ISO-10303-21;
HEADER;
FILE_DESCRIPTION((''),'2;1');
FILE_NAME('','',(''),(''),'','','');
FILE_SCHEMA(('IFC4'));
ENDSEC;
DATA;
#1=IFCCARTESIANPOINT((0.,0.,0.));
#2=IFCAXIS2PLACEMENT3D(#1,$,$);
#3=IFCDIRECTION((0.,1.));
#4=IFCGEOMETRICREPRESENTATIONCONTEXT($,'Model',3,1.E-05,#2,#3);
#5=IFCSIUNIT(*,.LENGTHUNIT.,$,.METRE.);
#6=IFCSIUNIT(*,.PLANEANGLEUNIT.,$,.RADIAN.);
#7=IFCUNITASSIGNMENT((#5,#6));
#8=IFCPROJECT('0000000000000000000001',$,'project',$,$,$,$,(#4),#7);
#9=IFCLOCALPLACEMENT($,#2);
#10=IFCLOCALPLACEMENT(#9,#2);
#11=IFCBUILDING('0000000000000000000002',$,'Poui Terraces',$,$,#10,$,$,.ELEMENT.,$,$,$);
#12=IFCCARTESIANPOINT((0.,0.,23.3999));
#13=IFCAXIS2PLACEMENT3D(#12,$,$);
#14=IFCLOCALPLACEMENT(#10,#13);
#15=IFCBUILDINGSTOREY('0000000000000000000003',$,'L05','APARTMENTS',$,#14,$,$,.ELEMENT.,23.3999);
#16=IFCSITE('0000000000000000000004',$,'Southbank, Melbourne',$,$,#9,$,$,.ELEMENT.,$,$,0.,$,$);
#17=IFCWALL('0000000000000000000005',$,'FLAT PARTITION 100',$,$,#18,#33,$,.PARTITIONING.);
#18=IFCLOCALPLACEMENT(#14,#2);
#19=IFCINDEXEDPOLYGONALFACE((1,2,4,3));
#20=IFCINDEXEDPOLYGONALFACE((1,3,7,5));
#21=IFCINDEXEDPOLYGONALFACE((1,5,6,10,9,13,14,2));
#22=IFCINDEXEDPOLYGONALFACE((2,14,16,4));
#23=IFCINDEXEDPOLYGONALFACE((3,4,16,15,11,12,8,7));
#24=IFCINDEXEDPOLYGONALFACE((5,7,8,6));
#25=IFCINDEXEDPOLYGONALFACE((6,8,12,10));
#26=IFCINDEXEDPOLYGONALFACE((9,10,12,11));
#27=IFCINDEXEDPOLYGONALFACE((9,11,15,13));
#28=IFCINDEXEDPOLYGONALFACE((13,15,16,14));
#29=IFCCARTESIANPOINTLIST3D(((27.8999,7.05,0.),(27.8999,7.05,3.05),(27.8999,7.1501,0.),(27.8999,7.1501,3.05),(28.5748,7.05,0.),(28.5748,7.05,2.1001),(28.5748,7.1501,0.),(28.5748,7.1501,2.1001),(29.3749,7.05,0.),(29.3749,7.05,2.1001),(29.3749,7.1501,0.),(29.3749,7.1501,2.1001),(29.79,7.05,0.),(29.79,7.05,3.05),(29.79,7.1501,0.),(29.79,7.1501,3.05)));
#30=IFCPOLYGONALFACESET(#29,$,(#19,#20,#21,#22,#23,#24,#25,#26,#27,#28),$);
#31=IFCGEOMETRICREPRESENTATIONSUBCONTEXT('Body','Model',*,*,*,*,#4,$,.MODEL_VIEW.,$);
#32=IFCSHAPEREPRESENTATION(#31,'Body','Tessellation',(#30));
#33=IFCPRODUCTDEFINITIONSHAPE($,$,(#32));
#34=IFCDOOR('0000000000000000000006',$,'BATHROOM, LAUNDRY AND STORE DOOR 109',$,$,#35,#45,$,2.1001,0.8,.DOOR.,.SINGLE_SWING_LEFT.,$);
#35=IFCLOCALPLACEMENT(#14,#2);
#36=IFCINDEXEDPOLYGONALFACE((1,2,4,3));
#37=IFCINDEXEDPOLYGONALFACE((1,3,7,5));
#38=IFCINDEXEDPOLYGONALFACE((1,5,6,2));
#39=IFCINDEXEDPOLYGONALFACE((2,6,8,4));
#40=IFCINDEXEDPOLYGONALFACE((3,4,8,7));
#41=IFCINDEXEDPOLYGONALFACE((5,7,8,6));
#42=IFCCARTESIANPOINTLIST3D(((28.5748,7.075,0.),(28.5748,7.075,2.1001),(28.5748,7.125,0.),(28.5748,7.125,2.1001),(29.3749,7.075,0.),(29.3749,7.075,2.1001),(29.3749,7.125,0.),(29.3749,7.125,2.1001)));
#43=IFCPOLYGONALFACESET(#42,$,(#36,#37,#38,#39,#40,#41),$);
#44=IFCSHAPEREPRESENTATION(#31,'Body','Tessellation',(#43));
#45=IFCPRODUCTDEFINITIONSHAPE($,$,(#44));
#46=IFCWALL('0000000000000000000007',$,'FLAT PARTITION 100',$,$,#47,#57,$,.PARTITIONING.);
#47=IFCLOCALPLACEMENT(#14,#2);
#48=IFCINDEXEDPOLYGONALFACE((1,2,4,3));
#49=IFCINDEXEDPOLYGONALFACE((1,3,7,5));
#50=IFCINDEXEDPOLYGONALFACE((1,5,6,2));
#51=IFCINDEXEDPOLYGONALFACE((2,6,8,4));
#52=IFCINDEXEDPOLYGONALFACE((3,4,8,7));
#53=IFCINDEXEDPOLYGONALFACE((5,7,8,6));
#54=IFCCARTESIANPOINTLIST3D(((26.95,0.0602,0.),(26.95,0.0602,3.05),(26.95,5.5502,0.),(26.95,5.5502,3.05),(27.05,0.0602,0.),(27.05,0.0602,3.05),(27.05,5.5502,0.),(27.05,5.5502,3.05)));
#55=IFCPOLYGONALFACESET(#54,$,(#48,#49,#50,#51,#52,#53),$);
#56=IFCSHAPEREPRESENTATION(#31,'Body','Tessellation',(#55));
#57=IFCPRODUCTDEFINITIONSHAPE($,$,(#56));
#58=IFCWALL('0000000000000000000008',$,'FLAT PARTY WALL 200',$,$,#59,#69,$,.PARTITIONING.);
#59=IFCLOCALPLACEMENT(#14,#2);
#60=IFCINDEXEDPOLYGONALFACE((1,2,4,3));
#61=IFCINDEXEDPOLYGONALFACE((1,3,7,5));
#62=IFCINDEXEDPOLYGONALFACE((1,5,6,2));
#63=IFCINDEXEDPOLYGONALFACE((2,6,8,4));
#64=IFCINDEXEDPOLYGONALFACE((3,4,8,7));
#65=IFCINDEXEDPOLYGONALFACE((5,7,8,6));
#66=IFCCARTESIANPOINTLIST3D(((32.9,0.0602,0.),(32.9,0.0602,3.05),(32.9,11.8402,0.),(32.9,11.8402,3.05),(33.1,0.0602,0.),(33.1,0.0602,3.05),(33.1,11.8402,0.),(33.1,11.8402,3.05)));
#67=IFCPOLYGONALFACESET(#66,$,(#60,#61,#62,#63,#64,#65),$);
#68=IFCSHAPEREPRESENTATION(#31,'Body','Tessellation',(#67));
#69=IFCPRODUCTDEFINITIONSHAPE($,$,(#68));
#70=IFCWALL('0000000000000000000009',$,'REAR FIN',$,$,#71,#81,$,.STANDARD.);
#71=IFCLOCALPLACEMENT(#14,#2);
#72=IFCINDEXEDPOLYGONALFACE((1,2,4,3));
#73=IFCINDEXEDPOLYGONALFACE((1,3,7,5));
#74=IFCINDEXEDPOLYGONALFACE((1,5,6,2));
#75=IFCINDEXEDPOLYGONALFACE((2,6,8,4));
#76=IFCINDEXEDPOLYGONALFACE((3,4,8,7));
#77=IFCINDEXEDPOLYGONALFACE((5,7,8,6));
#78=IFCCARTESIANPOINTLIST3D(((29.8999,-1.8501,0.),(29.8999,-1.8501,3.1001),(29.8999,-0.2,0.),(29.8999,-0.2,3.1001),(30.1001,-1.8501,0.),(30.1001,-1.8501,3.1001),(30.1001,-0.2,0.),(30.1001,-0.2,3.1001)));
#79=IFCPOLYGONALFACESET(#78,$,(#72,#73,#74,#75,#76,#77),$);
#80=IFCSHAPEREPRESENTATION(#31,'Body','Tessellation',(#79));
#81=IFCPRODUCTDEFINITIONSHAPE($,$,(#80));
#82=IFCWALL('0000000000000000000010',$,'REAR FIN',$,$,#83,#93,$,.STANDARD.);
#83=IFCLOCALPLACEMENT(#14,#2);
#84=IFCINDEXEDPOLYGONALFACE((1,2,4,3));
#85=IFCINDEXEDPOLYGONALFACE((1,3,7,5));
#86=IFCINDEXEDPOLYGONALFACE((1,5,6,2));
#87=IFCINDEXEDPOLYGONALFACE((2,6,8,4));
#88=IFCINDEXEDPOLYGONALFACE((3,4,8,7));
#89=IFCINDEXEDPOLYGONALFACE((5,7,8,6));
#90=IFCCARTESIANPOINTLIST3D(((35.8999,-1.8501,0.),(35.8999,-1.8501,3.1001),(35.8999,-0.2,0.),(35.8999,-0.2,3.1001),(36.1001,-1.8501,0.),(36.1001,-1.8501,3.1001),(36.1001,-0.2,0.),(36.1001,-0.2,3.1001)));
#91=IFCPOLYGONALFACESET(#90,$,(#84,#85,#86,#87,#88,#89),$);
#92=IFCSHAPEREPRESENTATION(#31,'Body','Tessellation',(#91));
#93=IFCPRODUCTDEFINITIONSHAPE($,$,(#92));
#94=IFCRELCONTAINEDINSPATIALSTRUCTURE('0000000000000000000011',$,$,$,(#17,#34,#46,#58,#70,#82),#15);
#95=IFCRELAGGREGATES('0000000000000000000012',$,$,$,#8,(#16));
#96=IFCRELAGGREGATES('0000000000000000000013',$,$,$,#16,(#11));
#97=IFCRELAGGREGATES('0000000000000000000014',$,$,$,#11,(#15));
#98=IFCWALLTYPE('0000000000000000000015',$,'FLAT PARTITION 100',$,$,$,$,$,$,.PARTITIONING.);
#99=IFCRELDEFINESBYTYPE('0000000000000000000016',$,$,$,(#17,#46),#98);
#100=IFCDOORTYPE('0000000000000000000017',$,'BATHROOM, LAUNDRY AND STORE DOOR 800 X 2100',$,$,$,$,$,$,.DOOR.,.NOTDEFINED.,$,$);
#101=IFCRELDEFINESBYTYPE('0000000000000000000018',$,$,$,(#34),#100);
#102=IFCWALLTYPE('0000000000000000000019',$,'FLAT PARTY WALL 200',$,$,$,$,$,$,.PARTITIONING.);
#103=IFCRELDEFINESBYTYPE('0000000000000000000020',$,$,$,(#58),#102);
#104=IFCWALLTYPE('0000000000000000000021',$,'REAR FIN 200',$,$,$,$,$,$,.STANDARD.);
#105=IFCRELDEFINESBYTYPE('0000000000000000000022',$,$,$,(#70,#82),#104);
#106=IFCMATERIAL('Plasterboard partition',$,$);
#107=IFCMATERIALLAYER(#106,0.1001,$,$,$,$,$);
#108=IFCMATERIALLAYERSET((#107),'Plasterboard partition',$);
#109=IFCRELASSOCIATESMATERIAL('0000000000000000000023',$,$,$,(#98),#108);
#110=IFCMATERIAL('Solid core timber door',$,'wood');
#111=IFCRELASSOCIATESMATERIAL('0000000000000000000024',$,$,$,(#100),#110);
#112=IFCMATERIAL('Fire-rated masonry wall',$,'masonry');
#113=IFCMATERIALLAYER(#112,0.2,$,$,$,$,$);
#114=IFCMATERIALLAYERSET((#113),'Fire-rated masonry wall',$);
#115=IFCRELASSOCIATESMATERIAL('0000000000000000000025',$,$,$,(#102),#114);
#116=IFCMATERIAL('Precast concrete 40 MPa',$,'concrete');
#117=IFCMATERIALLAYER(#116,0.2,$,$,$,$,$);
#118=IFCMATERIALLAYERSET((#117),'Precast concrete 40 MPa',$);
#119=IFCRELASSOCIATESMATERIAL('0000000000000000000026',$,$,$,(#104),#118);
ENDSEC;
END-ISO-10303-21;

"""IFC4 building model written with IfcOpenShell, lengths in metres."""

from ifc_helpers import new_model, si_unit, direction, frame, frame_2d, origin, place, context, subcontext, project, spatial, polyline, rectangle, outline, extrude, source, transform, mapped, material, layer, layer_set, type_object, element, fill, save


model = new_model("IFC4")

# Units and contexts
model_context = context("Model", 3, precision=1e-05, world=origin(), true_north=direction((0.0, 1.0)))
body_context = subcontext(model_context, "Body", "Model", "MODEL_VIEW")
ifc_project = project(units=[si_unit("LENGTHUNIT", "METRE"), si_unit("PLANEANGLEUNIT", "RADIAN")], contexts=[model_context])

# Site, building, storey
site_placement = place(None, origin())
site = spatial("IfcSite", under=ifc_project, at=site_placement, Name="Southbank, Melbourne", CompositionType="ELEMENT", RefElevation=0.0)
building_placement = place(site_placement, origin())
building = spatial("IfcBuilding", under=site, at=building_placement, Name="Poui Terraces", CompositionType="ELEMENT")
storey_placement = place(building_placement, frame((0.0, 0.0, 23.3999)))
storey = spatial("IfcBuildingStorey", under=building, at=storey_placement, Name="L05", Description="APARTMENTS", CompositionType="ELEMENT", Elevation=23.3999)

# Shared definitions
ifc_material_1 = material(Name="Precast concrete 40 MPa", Category="concrete")

# Wall, opening, door
ifc_material_2 = material(Name="Solid core timber door", Category="wood")
ifc_material_3 = material(Name="Plasterboard partition")
ifc_layer_1 = layer(ifc_material_3, 0.1001)
ifc_layer_set_1 = layer_set([ifc_layer_1], Name="Plasterboard partition")
wall_type_1 = type_object("IfcWallType", Name="FLAT PARTITION 100", PredefinedType="PARTITIONING", material=ifc_layer_set_1)
wall_1_placement = place(storey_placement, frame((27.8999, 7.1001, 0.0), z_axis=(0.0, 0.0, 1.0), x_axis=(1.0, 0.0, 0.0)))
wall_1 = element("IfcWall", 1, at=wall_1_placement, inside=storey, type_object=wall_type_1, Name="FLAT PARTITION 100", PredefinedType="PARTITIONING", context=body_context, shape_type="SweptSolid", body=[
    extrude(rectangle(XDim=1.8901, YDim=0.1001, at=frame_2d((0.9451, 0.0))), origin(), (0.0, 0.0, 1.0), 3.05),
])
opening_1_placement = place(wall_1_placement, frame((0.675, 0.0, 0.0)))
opening_1 = element("IfcOpeningElement", 2, at=opening_1_placement, cuts=wall_1, PredefinedType="OPENING", context=body_context, shape_type="SweptSolid", body=[
    extrude(rectangle(XDim=0.8, YDim=2.1001, at=frame_2d((0.3999, 1.05))), frame((0.0, 0.0601, 0.0), z_axis=(0.0, -1.0, 0.0), x_axis=(1.0, 0.0, 0.0)), (0.0, 0.0, 1.0), 0.1201),
])
door_type_1 = type_object("IfcDoorType", Name="BATHROOM, LAUNDRY AND STORE DOOR 800 X 2100", OperationType="NOTDEFINED", PredefinedType="DOOR", material=ifc_material_2)
door_1_placement = place(opening_1_placement, origin())
door_1 = element("IfcDoor", 3, at=door_1_placement, inside=storey, type_object=door_type_1, Name="BATHROOM, LAUNDRY AND STORE DOOR 109", OperationType="SINGLE_SWING_LEFT", OverallHeight=2.1001, OverallWidth=0.8, PredefinedType="DOOR", context=body_context, shape_type="SweptSolid", body=[
    extrude(rectangle(XDim=0.8, YDim=2.1001, at=frame_2d((0.3999, 1.05))), frame((0.0, 0.0249, 0.0), z_axis=(0.0, -1.0, 0.0), x_axis=(1.0, 0.0, 0.0)), (0.0, 0.0, 1.0), 0.05),
])
fill(opening_1, door_1)

# Walls
wall_2_placement = place(storey_placement, frame((27.0, 0.0601, 0.0), z_axis=(0.0, 0.0, 1.0), x_axis=(0.0, 1.0, 0.0)))
element("IfcWall", 4, at=wall_2_placement, inside=storey, type_object=wall_type_1, Name="FLAT PARTITION 100", PredefinedType="PARTITIONING", context=body_context, shape_type="SweptSolid", body=[
    extrude(rectangle(XDim=5.49, YDim=0.1001, at=frame_2d((2.7451, 0.0))), origin(), (0.0, 0.0, 1.0), 3.05),
])
ifc_material_4 = material(Name="Fire-rated masonry wall", Category="masonry")
ifc_layer_2 = layer(ifc_material_4, 0.2)
ifc_layer_set_2 = layer_set([ifc_layer_2], Name="Fire-rated masonry wall")
wall_type_2 = type_object("IfcWallType", Name="FLAT PARTY WALL 200", PredefinedType="PARTITIONING", material=ifc_layer_set_2)
wall_3_placement = place(storey_placement, frame((33.0, 0.0601, 0.0), z_axis=(0.0, 0.0, 1.0), x_axis=(0.0, 1.0, 0.0)))
element("IfcWall", 5, at=wall_3_placement, inside=storey, type_object=wall_type_2, Name="FLAT PARTY WALL 200", PredefinedType="PARTITIONING", context=body_context, shape_type="SweptSolid", body=[
    extrude(rectangle(XDim=11.78, YDim=0.2, at=frame_2d((5.8901, 0.0))), origin(), (0.0, 0.0, 1.0), 3.05),
])
ifc_layer_3 = layer(ifc_material_1, 0.2)
ifc_layer_set_3 = layer_set([ifc_layer_3], Name="Precast concrete 40 MPa")
wall_type_3 = type_object("IfcWallType", Name="REAR FIN 200", PredefinedType="STANDARD", material=ifc_layer_set_3)
shared_shape_1 = source(origin(), body_context, "Body", "SweptSolid", [
    extrude(outline(polyline([(0.0, 0.0), (0.2002, 0.0), (0.2002, 1.6501), (0.0, 1.6501), (0.0, 0.0)])), origin(), (0.0, 0.0, 1.0), 3.1001),
])
for number, where, name in (
    (6, (29.8999, -1.8501, 0.0), "REAR FIN"),
    (7, (35.8999, -1.8501, 0.0), "REAR FIN"),
):
    element("IfcWall", number, at=place(storey_placement, frame(where)), inside=storey, type_object=wall_type_3, Name=name, PredefinedType="STANDARD", context=body_context, shape_type="MappedRepresentation", body=[
        mapped(shared_shape_1, transform((0.0, 0.0, 0.0))),
    ])

save(model, "model.ifc")
